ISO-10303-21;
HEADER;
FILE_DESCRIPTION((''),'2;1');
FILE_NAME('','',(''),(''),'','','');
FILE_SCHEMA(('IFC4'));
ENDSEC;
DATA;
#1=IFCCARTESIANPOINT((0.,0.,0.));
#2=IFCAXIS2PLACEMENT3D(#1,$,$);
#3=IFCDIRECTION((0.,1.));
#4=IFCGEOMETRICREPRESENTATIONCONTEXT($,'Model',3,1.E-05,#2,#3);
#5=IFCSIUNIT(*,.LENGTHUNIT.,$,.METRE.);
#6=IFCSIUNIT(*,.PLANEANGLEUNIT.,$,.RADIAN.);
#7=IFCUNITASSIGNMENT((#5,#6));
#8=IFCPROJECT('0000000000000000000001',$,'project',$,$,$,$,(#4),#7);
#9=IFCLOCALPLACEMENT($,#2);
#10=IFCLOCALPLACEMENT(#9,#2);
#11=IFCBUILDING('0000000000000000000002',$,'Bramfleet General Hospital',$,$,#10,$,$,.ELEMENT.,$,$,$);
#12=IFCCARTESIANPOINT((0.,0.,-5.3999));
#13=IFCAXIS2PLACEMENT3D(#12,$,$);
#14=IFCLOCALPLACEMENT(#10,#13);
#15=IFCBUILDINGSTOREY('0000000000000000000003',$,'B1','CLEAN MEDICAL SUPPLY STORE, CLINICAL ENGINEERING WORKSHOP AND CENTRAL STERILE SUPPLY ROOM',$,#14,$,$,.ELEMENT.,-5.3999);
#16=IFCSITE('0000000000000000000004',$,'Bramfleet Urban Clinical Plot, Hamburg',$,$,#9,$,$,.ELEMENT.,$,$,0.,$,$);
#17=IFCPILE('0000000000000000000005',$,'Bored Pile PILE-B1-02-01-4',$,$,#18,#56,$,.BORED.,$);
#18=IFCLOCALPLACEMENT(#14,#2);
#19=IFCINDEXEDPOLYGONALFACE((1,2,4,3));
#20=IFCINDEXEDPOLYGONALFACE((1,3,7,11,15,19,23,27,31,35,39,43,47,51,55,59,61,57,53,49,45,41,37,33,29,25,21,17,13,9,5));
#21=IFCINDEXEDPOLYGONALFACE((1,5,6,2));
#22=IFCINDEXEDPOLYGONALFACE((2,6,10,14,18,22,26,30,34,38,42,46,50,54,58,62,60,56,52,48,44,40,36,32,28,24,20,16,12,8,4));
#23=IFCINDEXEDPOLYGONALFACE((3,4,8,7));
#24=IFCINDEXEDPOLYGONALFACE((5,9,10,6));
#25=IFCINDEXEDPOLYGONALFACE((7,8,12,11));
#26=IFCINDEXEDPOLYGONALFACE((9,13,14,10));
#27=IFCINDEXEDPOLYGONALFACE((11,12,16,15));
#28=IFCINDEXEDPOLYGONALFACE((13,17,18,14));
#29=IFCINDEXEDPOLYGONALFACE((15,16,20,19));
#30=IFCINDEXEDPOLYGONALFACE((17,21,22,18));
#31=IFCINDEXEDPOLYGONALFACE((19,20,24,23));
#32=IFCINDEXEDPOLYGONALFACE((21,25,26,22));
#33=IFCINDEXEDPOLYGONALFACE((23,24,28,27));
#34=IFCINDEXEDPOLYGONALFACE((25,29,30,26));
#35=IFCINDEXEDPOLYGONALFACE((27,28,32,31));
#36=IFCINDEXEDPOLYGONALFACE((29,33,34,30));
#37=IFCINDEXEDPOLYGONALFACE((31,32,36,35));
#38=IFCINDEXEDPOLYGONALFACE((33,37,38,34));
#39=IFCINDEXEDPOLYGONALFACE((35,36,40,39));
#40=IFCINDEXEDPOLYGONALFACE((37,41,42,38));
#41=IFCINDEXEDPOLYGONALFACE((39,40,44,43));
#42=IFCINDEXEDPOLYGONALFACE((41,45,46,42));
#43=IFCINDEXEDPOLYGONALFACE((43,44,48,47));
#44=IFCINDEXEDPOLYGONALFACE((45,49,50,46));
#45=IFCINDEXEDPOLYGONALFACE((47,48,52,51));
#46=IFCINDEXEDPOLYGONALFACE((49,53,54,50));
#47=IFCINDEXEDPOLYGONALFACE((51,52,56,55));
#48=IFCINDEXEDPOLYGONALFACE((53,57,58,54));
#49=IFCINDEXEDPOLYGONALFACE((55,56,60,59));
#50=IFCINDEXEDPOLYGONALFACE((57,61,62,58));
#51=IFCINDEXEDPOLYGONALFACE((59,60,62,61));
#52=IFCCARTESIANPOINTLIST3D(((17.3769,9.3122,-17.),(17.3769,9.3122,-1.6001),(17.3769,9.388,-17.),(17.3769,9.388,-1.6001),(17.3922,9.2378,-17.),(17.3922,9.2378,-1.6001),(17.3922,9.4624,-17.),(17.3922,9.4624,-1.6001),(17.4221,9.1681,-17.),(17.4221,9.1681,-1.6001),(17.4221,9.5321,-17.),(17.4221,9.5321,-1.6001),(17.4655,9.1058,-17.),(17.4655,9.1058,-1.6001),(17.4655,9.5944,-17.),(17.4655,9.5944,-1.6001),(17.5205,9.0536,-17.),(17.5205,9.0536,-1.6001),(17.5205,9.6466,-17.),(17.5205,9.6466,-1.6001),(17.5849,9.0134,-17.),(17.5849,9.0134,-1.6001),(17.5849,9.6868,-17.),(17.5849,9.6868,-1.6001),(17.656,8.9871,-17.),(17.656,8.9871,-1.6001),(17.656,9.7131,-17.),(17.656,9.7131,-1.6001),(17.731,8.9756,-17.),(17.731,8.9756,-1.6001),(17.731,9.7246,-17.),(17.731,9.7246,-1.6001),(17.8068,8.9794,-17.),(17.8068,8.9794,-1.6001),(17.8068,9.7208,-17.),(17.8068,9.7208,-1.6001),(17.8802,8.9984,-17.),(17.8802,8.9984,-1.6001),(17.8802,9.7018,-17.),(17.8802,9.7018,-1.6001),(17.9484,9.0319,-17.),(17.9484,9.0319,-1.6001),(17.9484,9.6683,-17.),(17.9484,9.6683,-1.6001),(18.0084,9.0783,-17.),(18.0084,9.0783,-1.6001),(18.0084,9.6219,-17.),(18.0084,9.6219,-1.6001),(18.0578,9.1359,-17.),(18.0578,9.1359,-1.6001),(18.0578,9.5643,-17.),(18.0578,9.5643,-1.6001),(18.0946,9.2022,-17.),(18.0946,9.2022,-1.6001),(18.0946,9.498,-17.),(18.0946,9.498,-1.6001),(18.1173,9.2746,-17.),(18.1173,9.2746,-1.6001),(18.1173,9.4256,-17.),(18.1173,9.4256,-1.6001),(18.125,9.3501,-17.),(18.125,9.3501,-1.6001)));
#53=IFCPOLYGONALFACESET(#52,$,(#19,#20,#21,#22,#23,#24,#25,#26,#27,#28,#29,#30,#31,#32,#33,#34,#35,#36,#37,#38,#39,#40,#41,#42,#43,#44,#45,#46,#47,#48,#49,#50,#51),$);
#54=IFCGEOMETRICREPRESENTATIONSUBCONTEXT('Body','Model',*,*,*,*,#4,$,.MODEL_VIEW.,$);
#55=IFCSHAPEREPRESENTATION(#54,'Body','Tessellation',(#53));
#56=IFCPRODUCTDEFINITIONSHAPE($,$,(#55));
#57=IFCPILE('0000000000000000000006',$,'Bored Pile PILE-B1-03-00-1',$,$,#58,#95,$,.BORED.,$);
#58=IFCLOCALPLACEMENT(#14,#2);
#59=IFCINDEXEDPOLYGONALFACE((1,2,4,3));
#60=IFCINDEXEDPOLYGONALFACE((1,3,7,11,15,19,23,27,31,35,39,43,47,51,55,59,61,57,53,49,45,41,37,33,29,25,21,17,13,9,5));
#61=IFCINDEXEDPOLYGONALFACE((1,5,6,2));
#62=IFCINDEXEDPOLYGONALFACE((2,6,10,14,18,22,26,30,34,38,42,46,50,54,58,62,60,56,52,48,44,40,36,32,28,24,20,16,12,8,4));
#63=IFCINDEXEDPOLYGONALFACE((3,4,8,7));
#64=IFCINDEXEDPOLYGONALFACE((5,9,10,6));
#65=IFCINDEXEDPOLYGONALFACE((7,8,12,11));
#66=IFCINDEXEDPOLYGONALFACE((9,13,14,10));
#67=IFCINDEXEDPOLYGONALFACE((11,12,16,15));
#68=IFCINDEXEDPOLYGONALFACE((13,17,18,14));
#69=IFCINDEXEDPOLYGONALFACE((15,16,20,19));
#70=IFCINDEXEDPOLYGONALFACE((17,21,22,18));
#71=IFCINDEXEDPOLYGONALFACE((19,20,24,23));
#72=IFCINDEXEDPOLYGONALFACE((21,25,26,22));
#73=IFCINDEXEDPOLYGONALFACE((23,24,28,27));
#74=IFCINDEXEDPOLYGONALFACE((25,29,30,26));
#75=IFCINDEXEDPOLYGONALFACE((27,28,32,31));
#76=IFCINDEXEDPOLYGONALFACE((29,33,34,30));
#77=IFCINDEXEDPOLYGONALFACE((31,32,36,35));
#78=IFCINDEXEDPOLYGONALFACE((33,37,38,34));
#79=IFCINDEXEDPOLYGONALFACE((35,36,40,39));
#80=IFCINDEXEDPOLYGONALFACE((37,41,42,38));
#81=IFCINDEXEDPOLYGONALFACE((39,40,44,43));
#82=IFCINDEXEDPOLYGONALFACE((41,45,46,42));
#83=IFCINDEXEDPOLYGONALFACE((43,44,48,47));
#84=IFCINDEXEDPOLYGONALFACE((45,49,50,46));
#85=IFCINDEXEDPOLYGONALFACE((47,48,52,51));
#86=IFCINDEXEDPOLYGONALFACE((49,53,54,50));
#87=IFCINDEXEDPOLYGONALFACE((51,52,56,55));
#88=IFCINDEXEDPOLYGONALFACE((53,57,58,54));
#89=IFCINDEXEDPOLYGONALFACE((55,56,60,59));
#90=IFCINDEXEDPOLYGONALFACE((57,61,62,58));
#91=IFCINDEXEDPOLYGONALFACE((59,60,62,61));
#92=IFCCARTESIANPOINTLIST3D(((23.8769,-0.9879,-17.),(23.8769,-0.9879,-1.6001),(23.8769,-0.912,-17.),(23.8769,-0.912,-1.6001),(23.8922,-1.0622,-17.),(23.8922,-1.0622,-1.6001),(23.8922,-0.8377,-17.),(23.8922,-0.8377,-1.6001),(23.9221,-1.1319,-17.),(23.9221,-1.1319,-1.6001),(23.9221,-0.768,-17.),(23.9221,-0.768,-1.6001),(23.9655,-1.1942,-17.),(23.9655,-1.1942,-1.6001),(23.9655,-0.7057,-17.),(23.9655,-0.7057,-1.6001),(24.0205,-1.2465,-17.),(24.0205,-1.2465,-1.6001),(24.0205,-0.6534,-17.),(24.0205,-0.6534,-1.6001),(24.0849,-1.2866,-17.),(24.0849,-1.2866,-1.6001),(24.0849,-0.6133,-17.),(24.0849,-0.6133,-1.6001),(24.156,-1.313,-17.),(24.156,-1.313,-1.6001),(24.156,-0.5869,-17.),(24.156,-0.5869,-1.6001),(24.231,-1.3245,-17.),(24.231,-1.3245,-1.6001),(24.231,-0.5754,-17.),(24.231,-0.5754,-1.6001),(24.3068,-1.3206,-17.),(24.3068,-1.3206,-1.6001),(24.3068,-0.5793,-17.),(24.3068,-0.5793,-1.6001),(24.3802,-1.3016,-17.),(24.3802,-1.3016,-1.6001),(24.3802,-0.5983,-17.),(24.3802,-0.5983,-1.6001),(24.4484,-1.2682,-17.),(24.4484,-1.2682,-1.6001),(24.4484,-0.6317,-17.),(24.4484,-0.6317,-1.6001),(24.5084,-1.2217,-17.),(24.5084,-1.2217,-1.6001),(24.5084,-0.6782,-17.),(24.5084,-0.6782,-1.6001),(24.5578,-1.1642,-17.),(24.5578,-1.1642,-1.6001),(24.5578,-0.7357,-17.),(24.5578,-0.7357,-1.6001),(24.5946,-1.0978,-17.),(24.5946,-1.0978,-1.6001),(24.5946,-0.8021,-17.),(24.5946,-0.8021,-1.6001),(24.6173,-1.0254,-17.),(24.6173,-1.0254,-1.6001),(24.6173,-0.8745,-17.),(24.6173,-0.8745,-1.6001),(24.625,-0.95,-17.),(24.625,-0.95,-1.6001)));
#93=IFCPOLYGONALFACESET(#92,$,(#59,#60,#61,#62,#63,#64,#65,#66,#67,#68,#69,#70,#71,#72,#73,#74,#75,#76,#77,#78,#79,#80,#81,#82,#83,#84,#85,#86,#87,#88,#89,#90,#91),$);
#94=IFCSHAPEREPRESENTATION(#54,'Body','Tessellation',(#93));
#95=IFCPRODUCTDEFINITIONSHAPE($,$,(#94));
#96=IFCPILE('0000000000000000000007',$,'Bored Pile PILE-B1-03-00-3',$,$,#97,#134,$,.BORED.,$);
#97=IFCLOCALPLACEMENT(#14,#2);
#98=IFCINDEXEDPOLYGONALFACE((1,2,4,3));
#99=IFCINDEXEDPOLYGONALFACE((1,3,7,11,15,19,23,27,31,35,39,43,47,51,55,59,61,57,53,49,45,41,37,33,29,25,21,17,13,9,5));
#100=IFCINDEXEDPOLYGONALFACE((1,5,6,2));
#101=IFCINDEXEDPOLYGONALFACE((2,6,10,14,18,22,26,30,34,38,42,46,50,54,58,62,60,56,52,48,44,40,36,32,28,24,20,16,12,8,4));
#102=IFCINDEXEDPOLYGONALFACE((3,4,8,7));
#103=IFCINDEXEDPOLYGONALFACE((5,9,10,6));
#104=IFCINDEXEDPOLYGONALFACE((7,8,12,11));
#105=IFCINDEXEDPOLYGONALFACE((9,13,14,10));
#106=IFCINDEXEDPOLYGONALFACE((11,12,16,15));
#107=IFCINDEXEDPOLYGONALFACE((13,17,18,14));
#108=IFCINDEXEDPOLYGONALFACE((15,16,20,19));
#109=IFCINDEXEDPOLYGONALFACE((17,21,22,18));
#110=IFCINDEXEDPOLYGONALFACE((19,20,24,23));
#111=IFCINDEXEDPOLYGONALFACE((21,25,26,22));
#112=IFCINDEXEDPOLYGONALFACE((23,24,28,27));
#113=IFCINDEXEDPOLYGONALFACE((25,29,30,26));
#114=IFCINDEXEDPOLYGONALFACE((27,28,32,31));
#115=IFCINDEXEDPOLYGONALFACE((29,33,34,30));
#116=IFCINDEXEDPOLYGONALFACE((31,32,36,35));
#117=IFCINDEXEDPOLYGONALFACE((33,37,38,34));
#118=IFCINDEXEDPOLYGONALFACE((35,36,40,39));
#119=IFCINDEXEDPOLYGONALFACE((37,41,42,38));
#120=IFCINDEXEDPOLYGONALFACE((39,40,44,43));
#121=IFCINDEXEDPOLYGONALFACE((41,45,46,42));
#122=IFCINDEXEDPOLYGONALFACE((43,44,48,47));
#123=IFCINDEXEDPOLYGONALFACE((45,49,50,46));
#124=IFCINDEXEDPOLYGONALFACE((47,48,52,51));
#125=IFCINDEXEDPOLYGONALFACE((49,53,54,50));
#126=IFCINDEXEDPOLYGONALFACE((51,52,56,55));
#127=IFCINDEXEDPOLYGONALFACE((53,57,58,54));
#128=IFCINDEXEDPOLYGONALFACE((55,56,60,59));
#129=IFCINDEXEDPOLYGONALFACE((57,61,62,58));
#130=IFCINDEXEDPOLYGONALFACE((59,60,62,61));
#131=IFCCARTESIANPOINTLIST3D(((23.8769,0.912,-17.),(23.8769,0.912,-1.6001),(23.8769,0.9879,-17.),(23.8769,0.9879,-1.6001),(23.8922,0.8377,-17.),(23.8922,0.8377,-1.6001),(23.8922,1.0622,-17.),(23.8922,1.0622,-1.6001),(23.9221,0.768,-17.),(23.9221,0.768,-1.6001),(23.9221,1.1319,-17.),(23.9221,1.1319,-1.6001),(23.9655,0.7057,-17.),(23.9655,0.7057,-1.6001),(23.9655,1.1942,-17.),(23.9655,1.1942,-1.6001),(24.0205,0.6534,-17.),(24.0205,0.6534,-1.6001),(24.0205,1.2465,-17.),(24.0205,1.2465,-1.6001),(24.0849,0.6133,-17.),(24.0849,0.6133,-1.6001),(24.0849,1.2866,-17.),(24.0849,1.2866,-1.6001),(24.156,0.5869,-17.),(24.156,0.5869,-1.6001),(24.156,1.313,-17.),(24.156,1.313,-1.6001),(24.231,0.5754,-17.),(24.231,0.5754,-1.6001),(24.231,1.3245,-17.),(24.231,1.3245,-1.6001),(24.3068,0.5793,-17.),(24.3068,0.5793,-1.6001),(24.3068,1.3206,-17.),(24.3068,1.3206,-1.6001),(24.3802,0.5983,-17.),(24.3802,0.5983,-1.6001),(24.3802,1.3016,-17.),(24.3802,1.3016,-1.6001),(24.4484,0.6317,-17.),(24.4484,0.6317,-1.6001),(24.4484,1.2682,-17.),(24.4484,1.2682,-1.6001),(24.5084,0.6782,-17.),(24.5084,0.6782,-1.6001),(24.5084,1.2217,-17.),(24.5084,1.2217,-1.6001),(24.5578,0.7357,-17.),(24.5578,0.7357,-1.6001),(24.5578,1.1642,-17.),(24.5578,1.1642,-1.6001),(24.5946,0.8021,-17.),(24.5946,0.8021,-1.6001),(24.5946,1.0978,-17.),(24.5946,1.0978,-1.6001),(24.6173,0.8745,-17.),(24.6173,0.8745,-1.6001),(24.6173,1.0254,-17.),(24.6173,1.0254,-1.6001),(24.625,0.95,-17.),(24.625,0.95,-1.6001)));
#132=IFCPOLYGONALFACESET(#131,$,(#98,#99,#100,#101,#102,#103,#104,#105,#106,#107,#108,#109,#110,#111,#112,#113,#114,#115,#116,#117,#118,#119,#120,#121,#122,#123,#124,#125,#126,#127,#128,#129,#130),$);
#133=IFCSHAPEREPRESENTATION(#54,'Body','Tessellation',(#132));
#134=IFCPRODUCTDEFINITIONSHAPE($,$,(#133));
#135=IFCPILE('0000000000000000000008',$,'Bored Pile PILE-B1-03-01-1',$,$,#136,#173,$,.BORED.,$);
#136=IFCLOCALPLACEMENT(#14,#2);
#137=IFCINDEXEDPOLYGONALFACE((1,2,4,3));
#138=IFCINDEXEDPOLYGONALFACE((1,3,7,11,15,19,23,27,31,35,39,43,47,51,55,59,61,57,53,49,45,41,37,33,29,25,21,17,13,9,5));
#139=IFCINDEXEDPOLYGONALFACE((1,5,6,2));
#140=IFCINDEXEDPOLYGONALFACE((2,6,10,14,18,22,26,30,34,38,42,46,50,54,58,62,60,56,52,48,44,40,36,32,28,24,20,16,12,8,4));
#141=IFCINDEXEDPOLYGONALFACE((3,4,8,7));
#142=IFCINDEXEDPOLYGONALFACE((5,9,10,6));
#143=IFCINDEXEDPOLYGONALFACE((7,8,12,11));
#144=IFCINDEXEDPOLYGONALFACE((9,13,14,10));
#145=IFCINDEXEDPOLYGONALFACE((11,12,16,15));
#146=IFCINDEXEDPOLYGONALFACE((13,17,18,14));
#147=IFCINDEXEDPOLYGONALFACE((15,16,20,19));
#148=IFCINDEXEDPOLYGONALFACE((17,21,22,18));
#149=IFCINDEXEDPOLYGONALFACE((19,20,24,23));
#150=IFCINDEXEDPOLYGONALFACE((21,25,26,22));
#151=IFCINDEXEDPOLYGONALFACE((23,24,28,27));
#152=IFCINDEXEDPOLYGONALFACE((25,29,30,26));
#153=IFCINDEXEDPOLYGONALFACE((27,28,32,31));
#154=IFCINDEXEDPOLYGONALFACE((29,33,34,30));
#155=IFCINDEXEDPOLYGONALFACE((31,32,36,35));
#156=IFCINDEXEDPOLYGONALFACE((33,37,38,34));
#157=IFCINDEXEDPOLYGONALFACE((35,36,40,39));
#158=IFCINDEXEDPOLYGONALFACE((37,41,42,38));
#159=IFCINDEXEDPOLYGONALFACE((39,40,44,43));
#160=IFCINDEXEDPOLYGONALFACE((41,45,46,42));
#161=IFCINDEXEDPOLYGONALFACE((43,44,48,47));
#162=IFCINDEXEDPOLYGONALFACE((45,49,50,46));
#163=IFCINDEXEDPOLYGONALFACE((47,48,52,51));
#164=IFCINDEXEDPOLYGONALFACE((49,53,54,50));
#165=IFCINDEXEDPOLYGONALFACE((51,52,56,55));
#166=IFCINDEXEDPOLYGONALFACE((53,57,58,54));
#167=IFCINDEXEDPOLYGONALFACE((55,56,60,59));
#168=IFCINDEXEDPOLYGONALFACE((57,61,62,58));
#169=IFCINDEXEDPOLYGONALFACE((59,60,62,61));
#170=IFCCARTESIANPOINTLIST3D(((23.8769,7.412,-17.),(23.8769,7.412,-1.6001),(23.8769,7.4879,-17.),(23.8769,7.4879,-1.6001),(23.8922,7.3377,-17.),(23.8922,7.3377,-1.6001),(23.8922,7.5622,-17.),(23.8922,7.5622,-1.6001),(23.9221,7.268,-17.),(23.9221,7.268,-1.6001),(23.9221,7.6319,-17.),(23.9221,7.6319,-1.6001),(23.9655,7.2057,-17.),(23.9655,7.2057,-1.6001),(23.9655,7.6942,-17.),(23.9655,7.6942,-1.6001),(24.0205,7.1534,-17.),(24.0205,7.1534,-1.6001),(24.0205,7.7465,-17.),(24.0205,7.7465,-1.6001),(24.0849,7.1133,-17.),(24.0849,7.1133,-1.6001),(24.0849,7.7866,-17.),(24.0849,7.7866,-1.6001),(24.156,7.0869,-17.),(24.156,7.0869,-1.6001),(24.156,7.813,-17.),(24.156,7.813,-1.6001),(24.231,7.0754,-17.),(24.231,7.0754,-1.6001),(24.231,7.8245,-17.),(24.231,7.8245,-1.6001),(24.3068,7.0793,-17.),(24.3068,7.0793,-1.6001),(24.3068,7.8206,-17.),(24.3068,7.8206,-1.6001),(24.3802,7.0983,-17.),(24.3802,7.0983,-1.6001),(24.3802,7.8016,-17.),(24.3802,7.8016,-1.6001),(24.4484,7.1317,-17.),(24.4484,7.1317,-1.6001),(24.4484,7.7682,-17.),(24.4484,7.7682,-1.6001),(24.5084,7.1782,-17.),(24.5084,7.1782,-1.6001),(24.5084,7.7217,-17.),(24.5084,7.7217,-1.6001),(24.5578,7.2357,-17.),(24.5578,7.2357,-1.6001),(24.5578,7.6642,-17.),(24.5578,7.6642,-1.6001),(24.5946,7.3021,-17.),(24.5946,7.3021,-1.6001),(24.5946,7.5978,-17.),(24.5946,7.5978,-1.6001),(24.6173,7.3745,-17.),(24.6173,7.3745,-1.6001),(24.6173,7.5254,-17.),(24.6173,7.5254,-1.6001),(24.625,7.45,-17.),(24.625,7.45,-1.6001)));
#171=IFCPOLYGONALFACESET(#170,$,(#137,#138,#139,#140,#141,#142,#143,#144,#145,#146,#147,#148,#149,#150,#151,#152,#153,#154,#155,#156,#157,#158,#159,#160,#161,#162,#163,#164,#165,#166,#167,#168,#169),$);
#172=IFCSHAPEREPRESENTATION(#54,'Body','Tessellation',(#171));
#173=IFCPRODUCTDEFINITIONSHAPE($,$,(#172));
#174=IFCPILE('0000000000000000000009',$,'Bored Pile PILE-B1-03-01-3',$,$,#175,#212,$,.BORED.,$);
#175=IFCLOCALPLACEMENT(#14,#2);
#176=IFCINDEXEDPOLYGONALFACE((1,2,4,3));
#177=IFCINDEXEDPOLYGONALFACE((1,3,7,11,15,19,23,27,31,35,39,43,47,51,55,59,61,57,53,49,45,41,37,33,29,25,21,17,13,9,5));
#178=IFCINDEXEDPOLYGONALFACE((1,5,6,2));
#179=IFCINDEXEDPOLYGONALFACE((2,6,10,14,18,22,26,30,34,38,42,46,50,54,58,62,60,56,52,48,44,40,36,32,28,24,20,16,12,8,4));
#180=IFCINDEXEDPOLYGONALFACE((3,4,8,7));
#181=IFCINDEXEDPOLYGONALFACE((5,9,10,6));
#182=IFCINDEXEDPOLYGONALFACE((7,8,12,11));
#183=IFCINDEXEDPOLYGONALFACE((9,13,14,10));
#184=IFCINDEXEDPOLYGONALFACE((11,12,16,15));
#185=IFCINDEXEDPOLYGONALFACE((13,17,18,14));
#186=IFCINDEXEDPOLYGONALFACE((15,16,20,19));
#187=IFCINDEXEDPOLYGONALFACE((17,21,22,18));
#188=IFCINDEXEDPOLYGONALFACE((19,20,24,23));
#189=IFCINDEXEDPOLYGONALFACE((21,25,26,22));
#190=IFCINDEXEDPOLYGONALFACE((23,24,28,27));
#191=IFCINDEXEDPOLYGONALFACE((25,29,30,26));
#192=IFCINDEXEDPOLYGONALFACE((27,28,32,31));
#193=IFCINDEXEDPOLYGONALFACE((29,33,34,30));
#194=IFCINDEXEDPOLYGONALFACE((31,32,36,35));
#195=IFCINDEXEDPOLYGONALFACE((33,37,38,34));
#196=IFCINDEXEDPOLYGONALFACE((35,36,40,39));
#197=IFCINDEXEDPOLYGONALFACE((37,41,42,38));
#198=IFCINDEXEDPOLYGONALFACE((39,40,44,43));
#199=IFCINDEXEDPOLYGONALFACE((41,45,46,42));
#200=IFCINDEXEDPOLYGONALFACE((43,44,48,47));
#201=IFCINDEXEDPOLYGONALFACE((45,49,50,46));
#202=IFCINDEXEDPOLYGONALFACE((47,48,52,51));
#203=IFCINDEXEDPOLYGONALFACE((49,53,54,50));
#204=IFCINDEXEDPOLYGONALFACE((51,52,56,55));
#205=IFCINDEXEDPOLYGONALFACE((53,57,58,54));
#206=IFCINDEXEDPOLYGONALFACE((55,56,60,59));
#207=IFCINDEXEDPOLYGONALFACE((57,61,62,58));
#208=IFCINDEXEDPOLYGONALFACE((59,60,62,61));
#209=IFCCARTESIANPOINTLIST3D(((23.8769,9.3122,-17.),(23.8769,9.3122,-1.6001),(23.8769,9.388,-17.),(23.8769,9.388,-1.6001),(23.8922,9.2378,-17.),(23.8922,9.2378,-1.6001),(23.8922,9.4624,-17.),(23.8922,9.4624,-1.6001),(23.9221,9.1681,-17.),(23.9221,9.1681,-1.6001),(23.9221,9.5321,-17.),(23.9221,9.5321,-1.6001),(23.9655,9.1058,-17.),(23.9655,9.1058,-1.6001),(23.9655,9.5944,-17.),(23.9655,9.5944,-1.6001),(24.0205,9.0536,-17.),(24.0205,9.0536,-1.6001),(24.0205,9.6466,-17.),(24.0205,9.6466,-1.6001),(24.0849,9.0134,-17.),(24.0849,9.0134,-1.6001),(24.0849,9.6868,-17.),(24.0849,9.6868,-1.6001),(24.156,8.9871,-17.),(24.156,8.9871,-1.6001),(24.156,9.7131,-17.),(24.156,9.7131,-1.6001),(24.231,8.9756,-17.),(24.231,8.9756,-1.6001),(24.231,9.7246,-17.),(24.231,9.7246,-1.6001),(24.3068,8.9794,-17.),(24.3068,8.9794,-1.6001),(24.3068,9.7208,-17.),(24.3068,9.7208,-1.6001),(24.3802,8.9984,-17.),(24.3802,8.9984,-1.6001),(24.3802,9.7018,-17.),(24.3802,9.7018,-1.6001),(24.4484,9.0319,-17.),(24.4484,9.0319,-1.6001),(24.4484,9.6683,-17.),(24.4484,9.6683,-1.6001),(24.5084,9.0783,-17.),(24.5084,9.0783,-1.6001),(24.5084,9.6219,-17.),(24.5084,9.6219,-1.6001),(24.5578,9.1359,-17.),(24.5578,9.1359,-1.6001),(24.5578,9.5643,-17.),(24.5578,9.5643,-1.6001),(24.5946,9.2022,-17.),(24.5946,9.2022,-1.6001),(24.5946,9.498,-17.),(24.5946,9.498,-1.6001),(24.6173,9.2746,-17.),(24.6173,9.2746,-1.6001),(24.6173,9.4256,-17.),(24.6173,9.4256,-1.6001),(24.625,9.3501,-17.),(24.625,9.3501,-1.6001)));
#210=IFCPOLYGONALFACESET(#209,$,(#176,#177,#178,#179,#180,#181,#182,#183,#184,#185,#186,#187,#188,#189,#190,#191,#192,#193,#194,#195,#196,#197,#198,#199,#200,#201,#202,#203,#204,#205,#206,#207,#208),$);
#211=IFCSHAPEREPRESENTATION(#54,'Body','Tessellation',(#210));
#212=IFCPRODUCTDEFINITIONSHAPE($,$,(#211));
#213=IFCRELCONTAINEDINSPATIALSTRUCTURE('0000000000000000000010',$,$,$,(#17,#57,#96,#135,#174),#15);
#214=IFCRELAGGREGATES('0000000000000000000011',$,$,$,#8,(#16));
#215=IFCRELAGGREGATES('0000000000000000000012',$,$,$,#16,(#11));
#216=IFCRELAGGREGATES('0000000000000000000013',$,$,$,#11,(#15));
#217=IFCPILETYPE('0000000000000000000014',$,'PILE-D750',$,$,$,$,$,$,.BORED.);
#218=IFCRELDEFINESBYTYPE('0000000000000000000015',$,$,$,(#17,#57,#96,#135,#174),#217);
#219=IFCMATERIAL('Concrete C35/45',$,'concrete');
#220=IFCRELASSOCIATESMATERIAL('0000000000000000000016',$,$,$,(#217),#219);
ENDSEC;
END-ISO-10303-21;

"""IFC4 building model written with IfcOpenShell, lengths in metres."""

from ifc_helpers import new_model, si_unit, direction, frame, origin, origin_2d, place, context, subcontext, project, spatial, circle, extrude, material, material_profile, profile_set, type_object, element, save


model = new_model("IFC4")

# Units and contexts
model_context = context("Model", 3, precision=1e-05, world=origin(), true_north=direction((0.0, 1.0)))
body_context = subcontext(model_context, "Body", "Model", "MODEL_VIEW")
ifc_project = project(units=[si_unit("LENGTHUNIT", "METRE"), si_unit("PLANEANGLEUNIT", "RADIAN")], contexts=[model_context])

# Site, building, storey
site_placement = place(None, origin())
site = spatial("IfcSite", under=ifc_project, at=site_placement, Name="Bramfleet Urban Clinical Plot, Hamburg", CompositionType="ELEMENT", RefElevation=0.0)
building_placement = place(site_placement, origin())
building = spatial("IfcBuilding", under=site, at=building_placement, Name="Bramfleet General Hospital", CompositionType="ELEMENT")
storey_placement = place(building_placement, frame((0.0, 0.0, -5.3999)))
storey = spatial("IfcBuildingStorey", under=building, at=storey_placement, Name="B1", Description="CLEAN MEDICAL SUPPLY STORE, CLINICAL ENGINEERING WORKSHOP AND CENTRAL STERILE SUPPLY ROOM", CompositionType="ELEMENT", Elevation=-5.3999)

# Shared definitions
ifc_material_1 = material(Name="Concrete C35/45", Category="concrete")

# Piles
ifc_material_profile_1 = material_profile(ifc_material_1, circle(Radius=0.375, at=origin_2d()), Name="PILE BORED D750")
ifc_profile_set_1 = profile_set([ifc_material_profile_1], Name="Concrete C35/45")
pile_type = type_object("IfcPileType", Name="PILE-D750", PredefinedType="BORED", material=ifc_profile_set_1)
for number, where, z_axis, x_axis, name in (
    (1, (17.75, 9.3501, -1.6001), (0.0, 0.0, -1.0), (1.0, 0.0, 0.0), "Bored Pile PILE-B1-02-01-4"),
    (2, (24.25, -0.95, -1.6001), (0.0, 0.0, -1.0), (1.0, 0.0, 0.0), "Bored Pile PILE-B1-03-00-1"),
    (3, (24.25, 0.95, -1.6001), (0.0, 0.0, -1.0), (1.0, 0.0, 0.0), "Bored Pile PILE-B1-03-00-3"),
    (4, (24.25, 7.45, -1.6001), (0.0, 0.0, -1.0), (1.0, 0.0, 0.0), "Bored Pile PILE-B1-03-01-1"),
    (5, (24.25, 9.3501, -1.6001), (0.0, 0.0, -1.0), (1.0, 0.0, 0.0), "Bored Pile PILE-B1-03-01-3"),
):
    element("IfcPile", number, at=place(storey_placement, frame(where, z_axis=z_axis, x_axis=x_axis)), inside=storey, type_object=pile_type, Name=name, PredefinedType="BORED", context=body_context, shape_type="SweptSolid", body=[
        extrude(circle(Radius=0.375, at=origin_2d()), origin(), (0.0, 0.0, 1.0), 15.3999),
    ])

save(model, "model.ifc")
